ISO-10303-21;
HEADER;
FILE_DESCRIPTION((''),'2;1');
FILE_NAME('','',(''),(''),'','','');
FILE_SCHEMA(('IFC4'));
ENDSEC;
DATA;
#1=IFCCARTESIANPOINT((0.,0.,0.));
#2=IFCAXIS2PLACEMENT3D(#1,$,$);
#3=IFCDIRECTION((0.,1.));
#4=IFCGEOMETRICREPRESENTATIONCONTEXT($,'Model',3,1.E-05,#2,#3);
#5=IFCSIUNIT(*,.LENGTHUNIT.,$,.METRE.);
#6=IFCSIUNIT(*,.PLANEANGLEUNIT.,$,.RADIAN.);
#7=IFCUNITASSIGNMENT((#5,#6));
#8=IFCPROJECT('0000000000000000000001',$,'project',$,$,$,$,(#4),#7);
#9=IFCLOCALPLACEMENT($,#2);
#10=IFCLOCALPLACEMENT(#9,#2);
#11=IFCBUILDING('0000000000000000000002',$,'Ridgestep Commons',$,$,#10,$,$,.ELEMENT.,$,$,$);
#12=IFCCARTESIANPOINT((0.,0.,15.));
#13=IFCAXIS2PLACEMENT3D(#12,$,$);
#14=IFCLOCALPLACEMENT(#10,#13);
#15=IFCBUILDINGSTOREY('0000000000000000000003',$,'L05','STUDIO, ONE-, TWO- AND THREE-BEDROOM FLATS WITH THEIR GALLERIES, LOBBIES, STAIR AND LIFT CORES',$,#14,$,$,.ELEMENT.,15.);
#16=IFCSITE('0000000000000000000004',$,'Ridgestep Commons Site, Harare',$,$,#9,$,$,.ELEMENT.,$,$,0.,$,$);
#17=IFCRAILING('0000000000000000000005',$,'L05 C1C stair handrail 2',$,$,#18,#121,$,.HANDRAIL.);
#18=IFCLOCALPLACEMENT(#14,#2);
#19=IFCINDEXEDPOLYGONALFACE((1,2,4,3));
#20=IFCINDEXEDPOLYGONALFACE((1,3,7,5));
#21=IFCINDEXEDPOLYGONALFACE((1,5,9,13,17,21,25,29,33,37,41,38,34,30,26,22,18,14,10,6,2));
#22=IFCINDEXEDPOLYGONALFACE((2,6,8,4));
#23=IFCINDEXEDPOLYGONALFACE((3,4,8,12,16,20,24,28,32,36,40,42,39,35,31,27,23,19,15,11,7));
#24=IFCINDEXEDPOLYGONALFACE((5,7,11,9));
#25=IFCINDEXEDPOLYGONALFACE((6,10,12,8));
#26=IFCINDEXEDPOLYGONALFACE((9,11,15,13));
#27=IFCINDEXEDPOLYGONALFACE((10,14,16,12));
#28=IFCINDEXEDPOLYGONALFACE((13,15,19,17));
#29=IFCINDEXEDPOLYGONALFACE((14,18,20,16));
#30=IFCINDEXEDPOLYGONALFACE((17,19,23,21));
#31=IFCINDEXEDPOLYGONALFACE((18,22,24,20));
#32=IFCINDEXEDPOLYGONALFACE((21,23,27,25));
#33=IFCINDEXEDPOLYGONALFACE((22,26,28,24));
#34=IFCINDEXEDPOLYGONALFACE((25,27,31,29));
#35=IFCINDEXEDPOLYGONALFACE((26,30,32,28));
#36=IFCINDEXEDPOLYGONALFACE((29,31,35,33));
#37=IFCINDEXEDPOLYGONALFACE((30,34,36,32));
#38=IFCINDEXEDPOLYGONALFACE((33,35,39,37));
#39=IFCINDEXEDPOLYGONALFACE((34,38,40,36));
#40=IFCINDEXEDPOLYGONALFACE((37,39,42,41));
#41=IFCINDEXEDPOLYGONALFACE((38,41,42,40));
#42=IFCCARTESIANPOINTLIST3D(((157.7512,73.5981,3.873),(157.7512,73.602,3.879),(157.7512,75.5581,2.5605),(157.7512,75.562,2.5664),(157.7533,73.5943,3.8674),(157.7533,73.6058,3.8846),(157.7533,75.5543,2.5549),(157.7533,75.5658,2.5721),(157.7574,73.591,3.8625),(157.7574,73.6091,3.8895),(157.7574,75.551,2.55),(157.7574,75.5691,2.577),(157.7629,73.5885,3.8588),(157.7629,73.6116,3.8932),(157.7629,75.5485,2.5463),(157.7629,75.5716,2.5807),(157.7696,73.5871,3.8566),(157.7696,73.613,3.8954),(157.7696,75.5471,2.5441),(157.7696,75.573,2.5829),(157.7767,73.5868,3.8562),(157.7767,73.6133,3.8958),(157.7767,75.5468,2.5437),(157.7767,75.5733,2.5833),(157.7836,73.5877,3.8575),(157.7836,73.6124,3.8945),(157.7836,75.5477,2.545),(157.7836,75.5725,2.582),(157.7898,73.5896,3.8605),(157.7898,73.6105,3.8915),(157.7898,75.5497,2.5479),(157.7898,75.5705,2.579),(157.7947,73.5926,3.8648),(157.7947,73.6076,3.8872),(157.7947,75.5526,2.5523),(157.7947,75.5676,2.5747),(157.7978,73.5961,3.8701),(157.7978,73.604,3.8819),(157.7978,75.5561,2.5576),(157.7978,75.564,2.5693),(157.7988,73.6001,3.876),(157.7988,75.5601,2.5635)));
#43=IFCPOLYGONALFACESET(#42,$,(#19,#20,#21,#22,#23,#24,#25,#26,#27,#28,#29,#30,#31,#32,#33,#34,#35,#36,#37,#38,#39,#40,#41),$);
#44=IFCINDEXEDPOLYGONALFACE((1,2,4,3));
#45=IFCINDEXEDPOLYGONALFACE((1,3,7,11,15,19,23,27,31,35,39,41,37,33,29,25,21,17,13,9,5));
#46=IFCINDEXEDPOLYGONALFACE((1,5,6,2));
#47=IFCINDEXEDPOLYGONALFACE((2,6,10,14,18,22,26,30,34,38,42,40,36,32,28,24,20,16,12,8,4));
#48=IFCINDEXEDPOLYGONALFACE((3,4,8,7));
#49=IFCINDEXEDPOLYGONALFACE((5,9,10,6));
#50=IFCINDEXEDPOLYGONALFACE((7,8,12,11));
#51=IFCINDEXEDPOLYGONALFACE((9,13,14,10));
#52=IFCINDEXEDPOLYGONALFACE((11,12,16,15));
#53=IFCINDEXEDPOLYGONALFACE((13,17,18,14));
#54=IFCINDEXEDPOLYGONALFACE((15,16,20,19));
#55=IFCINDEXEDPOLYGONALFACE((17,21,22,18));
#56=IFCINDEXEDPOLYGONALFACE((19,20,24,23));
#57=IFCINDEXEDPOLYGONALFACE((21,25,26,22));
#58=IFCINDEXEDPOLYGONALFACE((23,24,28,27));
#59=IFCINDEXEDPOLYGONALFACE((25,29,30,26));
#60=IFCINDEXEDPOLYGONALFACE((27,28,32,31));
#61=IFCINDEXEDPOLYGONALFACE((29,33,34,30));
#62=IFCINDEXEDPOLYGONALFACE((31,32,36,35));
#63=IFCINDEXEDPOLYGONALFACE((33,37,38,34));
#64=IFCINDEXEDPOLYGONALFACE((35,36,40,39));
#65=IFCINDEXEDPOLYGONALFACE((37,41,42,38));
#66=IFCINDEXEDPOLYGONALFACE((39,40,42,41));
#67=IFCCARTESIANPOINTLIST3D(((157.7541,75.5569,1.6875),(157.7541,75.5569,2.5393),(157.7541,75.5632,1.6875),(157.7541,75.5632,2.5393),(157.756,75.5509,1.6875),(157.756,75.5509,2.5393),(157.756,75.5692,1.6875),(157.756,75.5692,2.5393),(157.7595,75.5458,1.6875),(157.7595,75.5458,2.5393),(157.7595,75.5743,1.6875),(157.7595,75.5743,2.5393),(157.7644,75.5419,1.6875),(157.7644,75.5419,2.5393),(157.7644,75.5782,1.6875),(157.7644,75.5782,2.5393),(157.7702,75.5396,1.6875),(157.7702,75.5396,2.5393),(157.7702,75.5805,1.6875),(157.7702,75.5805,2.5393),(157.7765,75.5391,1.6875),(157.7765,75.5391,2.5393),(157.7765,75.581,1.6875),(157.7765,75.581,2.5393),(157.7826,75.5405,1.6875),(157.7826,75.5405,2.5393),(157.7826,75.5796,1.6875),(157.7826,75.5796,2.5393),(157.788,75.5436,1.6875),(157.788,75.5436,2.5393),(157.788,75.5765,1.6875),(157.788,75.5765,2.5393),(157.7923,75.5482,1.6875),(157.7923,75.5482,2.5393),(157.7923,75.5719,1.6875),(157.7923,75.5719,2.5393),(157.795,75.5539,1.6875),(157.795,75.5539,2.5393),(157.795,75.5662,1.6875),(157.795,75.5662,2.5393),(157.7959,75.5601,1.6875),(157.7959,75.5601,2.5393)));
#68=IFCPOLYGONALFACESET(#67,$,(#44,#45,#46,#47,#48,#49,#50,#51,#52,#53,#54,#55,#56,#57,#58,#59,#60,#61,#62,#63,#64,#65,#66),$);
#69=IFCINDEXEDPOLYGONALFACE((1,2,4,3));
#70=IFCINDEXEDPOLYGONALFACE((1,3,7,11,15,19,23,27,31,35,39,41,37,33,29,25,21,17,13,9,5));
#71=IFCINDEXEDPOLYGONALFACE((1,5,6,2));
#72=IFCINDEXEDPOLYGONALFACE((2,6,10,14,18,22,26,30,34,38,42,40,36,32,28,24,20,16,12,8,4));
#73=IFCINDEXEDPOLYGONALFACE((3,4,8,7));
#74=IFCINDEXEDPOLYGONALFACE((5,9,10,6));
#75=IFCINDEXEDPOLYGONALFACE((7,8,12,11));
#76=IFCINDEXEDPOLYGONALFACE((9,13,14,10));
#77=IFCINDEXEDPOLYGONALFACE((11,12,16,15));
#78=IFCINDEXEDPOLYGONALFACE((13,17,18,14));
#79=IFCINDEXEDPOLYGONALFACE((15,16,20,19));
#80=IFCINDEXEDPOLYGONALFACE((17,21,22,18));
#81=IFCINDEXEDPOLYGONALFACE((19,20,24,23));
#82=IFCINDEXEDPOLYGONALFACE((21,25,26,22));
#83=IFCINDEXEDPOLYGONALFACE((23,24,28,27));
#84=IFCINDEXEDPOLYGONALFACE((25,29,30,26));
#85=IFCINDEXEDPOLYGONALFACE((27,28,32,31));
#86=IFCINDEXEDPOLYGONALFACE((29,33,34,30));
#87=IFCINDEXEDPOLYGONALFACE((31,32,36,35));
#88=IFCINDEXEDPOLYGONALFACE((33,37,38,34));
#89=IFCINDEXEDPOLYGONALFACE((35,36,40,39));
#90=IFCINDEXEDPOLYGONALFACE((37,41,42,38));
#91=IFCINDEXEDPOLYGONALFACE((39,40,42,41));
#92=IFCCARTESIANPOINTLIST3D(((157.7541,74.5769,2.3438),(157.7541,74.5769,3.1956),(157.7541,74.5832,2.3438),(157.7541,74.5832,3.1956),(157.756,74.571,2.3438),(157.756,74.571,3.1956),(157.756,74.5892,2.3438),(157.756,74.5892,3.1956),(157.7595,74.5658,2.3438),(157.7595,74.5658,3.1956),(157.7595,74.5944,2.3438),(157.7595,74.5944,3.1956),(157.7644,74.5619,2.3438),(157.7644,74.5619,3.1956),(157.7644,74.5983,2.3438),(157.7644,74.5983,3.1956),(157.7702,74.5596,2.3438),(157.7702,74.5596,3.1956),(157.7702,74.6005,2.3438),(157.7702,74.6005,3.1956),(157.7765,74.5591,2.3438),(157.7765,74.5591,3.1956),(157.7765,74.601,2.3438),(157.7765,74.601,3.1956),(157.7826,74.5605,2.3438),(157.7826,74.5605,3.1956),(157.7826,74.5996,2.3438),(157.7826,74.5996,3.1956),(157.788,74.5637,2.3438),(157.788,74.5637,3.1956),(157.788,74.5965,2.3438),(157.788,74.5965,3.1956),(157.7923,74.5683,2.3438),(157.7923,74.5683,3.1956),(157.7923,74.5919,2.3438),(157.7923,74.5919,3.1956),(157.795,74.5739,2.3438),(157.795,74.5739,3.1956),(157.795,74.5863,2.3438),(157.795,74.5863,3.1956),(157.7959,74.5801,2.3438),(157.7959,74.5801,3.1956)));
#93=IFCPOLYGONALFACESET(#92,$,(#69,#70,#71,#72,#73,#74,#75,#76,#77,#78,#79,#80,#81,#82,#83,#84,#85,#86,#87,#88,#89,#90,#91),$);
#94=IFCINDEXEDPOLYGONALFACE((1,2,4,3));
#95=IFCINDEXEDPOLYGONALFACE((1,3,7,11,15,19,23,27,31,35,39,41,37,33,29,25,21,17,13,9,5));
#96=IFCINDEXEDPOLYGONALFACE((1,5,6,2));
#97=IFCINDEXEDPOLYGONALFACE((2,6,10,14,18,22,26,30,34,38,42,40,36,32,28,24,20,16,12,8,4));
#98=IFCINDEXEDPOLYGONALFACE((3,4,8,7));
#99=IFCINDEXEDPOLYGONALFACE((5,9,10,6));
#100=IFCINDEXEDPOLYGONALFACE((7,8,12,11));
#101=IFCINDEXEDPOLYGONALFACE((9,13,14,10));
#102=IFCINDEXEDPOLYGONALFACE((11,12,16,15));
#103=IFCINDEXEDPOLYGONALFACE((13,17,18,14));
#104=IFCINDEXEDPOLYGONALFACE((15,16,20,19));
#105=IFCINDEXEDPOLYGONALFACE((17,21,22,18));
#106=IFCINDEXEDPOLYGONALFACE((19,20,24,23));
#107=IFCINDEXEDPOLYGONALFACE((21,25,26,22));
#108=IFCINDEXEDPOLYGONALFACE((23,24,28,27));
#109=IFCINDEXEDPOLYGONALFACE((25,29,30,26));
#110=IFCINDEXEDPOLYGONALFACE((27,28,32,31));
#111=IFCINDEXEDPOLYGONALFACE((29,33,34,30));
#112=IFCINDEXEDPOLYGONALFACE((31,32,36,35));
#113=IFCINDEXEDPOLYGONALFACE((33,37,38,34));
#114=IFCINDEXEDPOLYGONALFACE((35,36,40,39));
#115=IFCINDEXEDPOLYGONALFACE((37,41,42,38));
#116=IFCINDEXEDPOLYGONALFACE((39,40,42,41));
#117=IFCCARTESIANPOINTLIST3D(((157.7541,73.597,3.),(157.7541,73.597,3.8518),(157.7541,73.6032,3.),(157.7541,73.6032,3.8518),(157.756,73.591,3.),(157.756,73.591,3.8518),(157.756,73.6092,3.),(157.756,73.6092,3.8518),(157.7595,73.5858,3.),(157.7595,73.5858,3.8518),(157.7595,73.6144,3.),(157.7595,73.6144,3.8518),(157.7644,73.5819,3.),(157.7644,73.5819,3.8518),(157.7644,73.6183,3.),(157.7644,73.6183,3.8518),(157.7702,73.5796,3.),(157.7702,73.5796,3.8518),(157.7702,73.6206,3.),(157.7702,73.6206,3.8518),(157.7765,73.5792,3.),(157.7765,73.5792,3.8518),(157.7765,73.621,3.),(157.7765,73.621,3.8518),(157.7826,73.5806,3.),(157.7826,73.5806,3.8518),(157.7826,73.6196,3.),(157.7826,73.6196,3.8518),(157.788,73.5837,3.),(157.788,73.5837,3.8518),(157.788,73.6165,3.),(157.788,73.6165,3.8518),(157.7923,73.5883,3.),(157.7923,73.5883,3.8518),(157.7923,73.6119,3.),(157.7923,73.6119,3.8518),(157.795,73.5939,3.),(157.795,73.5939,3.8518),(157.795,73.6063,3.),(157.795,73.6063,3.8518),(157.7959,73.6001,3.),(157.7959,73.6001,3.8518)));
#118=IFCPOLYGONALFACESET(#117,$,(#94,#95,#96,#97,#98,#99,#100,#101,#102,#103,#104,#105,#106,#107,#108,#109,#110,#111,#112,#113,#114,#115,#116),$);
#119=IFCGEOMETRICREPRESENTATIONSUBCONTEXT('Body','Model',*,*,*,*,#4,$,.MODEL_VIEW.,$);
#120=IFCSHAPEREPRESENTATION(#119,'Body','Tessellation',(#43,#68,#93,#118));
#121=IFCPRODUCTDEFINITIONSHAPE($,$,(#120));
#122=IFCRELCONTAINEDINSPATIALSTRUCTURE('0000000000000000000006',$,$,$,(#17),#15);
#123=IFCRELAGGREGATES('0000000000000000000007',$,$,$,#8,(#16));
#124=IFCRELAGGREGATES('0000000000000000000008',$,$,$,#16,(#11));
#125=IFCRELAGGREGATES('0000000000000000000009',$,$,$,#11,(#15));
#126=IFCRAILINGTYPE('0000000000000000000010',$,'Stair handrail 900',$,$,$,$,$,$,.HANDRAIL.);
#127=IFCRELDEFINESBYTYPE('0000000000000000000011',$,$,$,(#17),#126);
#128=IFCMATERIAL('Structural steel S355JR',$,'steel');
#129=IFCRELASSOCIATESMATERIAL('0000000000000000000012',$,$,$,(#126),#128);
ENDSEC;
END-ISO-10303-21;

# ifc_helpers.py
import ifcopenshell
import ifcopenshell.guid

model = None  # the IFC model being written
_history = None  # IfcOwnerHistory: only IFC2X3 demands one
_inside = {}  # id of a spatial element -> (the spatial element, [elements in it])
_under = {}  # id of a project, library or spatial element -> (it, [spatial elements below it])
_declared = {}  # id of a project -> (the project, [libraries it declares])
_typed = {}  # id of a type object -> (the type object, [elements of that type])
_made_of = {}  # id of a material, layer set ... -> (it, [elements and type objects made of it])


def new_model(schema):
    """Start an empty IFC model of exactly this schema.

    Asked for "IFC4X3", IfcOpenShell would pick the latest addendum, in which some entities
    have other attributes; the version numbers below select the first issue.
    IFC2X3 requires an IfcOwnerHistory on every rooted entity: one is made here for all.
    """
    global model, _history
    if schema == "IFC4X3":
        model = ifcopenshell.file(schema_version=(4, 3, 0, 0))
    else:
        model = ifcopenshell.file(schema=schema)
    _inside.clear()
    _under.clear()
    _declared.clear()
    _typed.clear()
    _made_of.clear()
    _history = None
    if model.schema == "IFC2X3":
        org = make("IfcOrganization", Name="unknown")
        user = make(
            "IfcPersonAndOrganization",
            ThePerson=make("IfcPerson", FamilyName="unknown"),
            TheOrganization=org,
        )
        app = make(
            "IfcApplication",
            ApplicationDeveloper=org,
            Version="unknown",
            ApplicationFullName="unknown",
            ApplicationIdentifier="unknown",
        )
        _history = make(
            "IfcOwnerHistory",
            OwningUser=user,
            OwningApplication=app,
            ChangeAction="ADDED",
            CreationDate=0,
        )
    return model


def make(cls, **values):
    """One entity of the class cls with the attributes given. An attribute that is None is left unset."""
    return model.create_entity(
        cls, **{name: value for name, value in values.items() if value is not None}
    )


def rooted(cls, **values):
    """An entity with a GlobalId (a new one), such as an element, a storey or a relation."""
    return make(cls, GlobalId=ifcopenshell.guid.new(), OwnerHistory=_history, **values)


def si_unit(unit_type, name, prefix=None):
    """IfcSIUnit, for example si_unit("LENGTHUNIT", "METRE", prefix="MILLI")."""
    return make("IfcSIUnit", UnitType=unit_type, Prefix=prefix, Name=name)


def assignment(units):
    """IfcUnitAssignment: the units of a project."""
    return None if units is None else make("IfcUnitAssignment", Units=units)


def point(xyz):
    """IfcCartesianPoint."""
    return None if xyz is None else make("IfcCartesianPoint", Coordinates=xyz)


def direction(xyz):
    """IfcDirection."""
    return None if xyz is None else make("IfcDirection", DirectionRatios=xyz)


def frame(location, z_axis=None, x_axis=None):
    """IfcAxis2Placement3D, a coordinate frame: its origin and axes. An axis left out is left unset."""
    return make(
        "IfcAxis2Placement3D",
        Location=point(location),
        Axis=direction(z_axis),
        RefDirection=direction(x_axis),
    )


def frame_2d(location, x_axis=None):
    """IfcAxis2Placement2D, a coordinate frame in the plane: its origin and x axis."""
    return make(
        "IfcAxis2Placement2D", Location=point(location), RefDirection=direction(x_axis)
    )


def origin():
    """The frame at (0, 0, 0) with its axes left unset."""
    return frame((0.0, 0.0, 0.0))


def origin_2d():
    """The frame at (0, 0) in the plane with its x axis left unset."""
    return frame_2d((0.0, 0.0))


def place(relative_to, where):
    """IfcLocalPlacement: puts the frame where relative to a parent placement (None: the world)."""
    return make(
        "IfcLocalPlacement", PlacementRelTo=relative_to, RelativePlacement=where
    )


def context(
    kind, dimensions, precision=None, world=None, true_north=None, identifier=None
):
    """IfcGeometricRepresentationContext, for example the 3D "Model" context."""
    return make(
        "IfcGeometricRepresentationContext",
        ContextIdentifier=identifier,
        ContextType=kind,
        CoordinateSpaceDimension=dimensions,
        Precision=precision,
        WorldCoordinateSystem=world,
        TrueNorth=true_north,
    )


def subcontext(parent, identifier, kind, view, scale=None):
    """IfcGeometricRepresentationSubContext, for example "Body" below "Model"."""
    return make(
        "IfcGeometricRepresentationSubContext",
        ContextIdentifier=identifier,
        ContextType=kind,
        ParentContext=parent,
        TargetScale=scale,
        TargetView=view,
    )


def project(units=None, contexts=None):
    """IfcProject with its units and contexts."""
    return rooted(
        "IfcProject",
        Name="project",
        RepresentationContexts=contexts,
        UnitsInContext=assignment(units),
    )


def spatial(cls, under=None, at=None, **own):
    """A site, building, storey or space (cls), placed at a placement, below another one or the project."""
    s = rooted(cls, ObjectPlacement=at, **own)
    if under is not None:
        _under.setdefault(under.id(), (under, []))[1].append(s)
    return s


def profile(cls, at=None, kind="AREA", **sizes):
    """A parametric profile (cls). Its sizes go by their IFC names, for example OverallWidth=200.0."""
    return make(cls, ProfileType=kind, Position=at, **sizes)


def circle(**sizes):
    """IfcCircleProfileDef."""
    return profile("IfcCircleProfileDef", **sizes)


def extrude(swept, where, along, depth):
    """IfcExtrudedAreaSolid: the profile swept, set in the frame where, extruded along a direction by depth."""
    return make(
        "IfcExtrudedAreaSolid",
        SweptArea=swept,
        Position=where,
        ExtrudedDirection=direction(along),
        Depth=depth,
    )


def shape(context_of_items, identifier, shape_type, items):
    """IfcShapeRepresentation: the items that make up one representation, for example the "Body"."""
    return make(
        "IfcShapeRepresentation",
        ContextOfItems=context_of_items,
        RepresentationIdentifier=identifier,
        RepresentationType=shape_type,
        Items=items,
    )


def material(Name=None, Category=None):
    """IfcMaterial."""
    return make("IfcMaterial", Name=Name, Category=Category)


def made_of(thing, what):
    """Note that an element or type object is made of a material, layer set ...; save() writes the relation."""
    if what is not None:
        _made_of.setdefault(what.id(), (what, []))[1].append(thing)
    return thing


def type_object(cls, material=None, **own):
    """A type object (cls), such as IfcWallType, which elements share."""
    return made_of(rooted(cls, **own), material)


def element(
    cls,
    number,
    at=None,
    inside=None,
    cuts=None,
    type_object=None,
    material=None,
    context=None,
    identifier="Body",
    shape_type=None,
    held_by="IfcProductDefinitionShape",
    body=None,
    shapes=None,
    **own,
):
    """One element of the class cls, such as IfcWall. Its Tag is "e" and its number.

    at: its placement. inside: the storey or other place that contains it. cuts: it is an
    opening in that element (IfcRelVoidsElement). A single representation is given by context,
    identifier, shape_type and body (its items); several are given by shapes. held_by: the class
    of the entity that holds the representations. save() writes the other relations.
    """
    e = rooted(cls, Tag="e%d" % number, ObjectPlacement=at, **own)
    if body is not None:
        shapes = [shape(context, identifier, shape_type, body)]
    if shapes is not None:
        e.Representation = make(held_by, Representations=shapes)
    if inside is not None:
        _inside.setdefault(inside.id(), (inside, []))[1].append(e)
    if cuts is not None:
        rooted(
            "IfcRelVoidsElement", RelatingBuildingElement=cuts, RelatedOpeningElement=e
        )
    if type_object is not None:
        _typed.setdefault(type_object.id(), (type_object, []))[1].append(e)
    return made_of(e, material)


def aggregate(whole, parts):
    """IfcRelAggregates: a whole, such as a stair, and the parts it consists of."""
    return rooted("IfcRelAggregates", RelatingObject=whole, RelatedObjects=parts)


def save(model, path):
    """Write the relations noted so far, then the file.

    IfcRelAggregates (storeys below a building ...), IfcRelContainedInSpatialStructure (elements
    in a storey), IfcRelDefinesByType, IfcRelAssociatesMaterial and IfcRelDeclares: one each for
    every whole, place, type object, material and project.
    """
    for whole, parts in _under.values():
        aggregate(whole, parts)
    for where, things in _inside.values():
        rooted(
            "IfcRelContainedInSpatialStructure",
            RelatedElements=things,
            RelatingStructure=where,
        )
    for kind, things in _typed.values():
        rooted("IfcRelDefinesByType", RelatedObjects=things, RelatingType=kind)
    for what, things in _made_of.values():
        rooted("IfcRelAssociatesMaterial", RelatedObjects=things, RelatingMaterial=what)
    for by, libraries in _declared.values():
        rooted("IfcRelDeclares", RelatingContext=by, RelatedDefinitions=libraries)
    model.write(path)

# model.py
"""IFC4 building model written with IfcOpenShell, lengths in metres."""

from ifc_helpers import new_model, si_unit, direction, frame, origin, origin_2d, place, context, subcontext, project, spatial, circle, extrude, material, type_object, element, save


model = new_model("IFC4")

# Units and contexts
model_context = context("Model", 3, precision=1e-05, world=origin(), true_north=direction((0.0, 1.0)))
body_context = subcontext(model_context, "Body", "Model", "MODEL_VIEW")
ifc_project = project(units=[si_unit("LENGTHUNIT", "METRE"), si_unit("PLANEANGLEUNIT", "RADIAN")], contexts=[model_context])

# Site, building, storey
site_placement = place(None, origin())
site = spatial("IfcSite", under=ifc_project, at=site_placement, Name="Ridgestep Commons Site, Harare", CompositionType="ELEMENT", RefElevation=0.0)
building_placement = place(site_placement, origin())
building = spatial("IfcBuilding", under=site, at=building_placement, Name="Ridgestep Commons", CompositionType="ELEMENT")
storey_placement = place(building_placement, frame((0.0, 0.0, 15.0)))
storey = spatial("IfcBuildingStorey", under=building, at=storey_placement, Name="L05", Description="STUDIO, ONE-, TWO- AND THREE-BEDROOM FLATS WITH THEIR GALLERIES, LOBBIES, STAIR AND LIFT CORES", CompositionType="ELEMENT", Elevation=15.0)

# Railing
ifc_material_1 = material(Name="Structural steel S355JR", Category="steel")
railing_type_1 = type_object("IfcRailingType", Name="Stair handrail 900", PredefinedType="HANDRAIL", material=ifc_material_1)
railing_1_placement = place(storey_placement, frame((157.7749, 75.5601, 1.6875)))
element("IfcRailing", 1, at=railing_1_placement, inside=storey, type_object=railing_type_1, Name="L05 C1C stair handrail 2", PredefinedType="HANDRAIL", context=body_context, shape_type="SweptSolid", body=[
    extrude(circle(Radius=0.0239, at=origin_2d()), frame((0.0, 0.0, 0.876), z_axis=(0.0, -0.830902, 0.556419), x_axis=(1.0, 0.0, 0.0)), (0.0, 0.0, 1.0), 2.3589),
    extrude(circle(Radius=0.021, at=origin_2d()), origin(), (0.0, 0.0, 1.0), 0.8518),
    extrude(circle(Radius=0.021, at=origin_2d()), frame((0.0, -0.98, 0.6562)), (0.0, 0.0, 1.0), 0.8518),
    extrude(circle(Radius=0.021, at=origin_2d()), frame((0.0, -1.96, 1.3125)), (0.0, 0.0, 1.0), 0.8518),
])

save(model, "model.ifc")
